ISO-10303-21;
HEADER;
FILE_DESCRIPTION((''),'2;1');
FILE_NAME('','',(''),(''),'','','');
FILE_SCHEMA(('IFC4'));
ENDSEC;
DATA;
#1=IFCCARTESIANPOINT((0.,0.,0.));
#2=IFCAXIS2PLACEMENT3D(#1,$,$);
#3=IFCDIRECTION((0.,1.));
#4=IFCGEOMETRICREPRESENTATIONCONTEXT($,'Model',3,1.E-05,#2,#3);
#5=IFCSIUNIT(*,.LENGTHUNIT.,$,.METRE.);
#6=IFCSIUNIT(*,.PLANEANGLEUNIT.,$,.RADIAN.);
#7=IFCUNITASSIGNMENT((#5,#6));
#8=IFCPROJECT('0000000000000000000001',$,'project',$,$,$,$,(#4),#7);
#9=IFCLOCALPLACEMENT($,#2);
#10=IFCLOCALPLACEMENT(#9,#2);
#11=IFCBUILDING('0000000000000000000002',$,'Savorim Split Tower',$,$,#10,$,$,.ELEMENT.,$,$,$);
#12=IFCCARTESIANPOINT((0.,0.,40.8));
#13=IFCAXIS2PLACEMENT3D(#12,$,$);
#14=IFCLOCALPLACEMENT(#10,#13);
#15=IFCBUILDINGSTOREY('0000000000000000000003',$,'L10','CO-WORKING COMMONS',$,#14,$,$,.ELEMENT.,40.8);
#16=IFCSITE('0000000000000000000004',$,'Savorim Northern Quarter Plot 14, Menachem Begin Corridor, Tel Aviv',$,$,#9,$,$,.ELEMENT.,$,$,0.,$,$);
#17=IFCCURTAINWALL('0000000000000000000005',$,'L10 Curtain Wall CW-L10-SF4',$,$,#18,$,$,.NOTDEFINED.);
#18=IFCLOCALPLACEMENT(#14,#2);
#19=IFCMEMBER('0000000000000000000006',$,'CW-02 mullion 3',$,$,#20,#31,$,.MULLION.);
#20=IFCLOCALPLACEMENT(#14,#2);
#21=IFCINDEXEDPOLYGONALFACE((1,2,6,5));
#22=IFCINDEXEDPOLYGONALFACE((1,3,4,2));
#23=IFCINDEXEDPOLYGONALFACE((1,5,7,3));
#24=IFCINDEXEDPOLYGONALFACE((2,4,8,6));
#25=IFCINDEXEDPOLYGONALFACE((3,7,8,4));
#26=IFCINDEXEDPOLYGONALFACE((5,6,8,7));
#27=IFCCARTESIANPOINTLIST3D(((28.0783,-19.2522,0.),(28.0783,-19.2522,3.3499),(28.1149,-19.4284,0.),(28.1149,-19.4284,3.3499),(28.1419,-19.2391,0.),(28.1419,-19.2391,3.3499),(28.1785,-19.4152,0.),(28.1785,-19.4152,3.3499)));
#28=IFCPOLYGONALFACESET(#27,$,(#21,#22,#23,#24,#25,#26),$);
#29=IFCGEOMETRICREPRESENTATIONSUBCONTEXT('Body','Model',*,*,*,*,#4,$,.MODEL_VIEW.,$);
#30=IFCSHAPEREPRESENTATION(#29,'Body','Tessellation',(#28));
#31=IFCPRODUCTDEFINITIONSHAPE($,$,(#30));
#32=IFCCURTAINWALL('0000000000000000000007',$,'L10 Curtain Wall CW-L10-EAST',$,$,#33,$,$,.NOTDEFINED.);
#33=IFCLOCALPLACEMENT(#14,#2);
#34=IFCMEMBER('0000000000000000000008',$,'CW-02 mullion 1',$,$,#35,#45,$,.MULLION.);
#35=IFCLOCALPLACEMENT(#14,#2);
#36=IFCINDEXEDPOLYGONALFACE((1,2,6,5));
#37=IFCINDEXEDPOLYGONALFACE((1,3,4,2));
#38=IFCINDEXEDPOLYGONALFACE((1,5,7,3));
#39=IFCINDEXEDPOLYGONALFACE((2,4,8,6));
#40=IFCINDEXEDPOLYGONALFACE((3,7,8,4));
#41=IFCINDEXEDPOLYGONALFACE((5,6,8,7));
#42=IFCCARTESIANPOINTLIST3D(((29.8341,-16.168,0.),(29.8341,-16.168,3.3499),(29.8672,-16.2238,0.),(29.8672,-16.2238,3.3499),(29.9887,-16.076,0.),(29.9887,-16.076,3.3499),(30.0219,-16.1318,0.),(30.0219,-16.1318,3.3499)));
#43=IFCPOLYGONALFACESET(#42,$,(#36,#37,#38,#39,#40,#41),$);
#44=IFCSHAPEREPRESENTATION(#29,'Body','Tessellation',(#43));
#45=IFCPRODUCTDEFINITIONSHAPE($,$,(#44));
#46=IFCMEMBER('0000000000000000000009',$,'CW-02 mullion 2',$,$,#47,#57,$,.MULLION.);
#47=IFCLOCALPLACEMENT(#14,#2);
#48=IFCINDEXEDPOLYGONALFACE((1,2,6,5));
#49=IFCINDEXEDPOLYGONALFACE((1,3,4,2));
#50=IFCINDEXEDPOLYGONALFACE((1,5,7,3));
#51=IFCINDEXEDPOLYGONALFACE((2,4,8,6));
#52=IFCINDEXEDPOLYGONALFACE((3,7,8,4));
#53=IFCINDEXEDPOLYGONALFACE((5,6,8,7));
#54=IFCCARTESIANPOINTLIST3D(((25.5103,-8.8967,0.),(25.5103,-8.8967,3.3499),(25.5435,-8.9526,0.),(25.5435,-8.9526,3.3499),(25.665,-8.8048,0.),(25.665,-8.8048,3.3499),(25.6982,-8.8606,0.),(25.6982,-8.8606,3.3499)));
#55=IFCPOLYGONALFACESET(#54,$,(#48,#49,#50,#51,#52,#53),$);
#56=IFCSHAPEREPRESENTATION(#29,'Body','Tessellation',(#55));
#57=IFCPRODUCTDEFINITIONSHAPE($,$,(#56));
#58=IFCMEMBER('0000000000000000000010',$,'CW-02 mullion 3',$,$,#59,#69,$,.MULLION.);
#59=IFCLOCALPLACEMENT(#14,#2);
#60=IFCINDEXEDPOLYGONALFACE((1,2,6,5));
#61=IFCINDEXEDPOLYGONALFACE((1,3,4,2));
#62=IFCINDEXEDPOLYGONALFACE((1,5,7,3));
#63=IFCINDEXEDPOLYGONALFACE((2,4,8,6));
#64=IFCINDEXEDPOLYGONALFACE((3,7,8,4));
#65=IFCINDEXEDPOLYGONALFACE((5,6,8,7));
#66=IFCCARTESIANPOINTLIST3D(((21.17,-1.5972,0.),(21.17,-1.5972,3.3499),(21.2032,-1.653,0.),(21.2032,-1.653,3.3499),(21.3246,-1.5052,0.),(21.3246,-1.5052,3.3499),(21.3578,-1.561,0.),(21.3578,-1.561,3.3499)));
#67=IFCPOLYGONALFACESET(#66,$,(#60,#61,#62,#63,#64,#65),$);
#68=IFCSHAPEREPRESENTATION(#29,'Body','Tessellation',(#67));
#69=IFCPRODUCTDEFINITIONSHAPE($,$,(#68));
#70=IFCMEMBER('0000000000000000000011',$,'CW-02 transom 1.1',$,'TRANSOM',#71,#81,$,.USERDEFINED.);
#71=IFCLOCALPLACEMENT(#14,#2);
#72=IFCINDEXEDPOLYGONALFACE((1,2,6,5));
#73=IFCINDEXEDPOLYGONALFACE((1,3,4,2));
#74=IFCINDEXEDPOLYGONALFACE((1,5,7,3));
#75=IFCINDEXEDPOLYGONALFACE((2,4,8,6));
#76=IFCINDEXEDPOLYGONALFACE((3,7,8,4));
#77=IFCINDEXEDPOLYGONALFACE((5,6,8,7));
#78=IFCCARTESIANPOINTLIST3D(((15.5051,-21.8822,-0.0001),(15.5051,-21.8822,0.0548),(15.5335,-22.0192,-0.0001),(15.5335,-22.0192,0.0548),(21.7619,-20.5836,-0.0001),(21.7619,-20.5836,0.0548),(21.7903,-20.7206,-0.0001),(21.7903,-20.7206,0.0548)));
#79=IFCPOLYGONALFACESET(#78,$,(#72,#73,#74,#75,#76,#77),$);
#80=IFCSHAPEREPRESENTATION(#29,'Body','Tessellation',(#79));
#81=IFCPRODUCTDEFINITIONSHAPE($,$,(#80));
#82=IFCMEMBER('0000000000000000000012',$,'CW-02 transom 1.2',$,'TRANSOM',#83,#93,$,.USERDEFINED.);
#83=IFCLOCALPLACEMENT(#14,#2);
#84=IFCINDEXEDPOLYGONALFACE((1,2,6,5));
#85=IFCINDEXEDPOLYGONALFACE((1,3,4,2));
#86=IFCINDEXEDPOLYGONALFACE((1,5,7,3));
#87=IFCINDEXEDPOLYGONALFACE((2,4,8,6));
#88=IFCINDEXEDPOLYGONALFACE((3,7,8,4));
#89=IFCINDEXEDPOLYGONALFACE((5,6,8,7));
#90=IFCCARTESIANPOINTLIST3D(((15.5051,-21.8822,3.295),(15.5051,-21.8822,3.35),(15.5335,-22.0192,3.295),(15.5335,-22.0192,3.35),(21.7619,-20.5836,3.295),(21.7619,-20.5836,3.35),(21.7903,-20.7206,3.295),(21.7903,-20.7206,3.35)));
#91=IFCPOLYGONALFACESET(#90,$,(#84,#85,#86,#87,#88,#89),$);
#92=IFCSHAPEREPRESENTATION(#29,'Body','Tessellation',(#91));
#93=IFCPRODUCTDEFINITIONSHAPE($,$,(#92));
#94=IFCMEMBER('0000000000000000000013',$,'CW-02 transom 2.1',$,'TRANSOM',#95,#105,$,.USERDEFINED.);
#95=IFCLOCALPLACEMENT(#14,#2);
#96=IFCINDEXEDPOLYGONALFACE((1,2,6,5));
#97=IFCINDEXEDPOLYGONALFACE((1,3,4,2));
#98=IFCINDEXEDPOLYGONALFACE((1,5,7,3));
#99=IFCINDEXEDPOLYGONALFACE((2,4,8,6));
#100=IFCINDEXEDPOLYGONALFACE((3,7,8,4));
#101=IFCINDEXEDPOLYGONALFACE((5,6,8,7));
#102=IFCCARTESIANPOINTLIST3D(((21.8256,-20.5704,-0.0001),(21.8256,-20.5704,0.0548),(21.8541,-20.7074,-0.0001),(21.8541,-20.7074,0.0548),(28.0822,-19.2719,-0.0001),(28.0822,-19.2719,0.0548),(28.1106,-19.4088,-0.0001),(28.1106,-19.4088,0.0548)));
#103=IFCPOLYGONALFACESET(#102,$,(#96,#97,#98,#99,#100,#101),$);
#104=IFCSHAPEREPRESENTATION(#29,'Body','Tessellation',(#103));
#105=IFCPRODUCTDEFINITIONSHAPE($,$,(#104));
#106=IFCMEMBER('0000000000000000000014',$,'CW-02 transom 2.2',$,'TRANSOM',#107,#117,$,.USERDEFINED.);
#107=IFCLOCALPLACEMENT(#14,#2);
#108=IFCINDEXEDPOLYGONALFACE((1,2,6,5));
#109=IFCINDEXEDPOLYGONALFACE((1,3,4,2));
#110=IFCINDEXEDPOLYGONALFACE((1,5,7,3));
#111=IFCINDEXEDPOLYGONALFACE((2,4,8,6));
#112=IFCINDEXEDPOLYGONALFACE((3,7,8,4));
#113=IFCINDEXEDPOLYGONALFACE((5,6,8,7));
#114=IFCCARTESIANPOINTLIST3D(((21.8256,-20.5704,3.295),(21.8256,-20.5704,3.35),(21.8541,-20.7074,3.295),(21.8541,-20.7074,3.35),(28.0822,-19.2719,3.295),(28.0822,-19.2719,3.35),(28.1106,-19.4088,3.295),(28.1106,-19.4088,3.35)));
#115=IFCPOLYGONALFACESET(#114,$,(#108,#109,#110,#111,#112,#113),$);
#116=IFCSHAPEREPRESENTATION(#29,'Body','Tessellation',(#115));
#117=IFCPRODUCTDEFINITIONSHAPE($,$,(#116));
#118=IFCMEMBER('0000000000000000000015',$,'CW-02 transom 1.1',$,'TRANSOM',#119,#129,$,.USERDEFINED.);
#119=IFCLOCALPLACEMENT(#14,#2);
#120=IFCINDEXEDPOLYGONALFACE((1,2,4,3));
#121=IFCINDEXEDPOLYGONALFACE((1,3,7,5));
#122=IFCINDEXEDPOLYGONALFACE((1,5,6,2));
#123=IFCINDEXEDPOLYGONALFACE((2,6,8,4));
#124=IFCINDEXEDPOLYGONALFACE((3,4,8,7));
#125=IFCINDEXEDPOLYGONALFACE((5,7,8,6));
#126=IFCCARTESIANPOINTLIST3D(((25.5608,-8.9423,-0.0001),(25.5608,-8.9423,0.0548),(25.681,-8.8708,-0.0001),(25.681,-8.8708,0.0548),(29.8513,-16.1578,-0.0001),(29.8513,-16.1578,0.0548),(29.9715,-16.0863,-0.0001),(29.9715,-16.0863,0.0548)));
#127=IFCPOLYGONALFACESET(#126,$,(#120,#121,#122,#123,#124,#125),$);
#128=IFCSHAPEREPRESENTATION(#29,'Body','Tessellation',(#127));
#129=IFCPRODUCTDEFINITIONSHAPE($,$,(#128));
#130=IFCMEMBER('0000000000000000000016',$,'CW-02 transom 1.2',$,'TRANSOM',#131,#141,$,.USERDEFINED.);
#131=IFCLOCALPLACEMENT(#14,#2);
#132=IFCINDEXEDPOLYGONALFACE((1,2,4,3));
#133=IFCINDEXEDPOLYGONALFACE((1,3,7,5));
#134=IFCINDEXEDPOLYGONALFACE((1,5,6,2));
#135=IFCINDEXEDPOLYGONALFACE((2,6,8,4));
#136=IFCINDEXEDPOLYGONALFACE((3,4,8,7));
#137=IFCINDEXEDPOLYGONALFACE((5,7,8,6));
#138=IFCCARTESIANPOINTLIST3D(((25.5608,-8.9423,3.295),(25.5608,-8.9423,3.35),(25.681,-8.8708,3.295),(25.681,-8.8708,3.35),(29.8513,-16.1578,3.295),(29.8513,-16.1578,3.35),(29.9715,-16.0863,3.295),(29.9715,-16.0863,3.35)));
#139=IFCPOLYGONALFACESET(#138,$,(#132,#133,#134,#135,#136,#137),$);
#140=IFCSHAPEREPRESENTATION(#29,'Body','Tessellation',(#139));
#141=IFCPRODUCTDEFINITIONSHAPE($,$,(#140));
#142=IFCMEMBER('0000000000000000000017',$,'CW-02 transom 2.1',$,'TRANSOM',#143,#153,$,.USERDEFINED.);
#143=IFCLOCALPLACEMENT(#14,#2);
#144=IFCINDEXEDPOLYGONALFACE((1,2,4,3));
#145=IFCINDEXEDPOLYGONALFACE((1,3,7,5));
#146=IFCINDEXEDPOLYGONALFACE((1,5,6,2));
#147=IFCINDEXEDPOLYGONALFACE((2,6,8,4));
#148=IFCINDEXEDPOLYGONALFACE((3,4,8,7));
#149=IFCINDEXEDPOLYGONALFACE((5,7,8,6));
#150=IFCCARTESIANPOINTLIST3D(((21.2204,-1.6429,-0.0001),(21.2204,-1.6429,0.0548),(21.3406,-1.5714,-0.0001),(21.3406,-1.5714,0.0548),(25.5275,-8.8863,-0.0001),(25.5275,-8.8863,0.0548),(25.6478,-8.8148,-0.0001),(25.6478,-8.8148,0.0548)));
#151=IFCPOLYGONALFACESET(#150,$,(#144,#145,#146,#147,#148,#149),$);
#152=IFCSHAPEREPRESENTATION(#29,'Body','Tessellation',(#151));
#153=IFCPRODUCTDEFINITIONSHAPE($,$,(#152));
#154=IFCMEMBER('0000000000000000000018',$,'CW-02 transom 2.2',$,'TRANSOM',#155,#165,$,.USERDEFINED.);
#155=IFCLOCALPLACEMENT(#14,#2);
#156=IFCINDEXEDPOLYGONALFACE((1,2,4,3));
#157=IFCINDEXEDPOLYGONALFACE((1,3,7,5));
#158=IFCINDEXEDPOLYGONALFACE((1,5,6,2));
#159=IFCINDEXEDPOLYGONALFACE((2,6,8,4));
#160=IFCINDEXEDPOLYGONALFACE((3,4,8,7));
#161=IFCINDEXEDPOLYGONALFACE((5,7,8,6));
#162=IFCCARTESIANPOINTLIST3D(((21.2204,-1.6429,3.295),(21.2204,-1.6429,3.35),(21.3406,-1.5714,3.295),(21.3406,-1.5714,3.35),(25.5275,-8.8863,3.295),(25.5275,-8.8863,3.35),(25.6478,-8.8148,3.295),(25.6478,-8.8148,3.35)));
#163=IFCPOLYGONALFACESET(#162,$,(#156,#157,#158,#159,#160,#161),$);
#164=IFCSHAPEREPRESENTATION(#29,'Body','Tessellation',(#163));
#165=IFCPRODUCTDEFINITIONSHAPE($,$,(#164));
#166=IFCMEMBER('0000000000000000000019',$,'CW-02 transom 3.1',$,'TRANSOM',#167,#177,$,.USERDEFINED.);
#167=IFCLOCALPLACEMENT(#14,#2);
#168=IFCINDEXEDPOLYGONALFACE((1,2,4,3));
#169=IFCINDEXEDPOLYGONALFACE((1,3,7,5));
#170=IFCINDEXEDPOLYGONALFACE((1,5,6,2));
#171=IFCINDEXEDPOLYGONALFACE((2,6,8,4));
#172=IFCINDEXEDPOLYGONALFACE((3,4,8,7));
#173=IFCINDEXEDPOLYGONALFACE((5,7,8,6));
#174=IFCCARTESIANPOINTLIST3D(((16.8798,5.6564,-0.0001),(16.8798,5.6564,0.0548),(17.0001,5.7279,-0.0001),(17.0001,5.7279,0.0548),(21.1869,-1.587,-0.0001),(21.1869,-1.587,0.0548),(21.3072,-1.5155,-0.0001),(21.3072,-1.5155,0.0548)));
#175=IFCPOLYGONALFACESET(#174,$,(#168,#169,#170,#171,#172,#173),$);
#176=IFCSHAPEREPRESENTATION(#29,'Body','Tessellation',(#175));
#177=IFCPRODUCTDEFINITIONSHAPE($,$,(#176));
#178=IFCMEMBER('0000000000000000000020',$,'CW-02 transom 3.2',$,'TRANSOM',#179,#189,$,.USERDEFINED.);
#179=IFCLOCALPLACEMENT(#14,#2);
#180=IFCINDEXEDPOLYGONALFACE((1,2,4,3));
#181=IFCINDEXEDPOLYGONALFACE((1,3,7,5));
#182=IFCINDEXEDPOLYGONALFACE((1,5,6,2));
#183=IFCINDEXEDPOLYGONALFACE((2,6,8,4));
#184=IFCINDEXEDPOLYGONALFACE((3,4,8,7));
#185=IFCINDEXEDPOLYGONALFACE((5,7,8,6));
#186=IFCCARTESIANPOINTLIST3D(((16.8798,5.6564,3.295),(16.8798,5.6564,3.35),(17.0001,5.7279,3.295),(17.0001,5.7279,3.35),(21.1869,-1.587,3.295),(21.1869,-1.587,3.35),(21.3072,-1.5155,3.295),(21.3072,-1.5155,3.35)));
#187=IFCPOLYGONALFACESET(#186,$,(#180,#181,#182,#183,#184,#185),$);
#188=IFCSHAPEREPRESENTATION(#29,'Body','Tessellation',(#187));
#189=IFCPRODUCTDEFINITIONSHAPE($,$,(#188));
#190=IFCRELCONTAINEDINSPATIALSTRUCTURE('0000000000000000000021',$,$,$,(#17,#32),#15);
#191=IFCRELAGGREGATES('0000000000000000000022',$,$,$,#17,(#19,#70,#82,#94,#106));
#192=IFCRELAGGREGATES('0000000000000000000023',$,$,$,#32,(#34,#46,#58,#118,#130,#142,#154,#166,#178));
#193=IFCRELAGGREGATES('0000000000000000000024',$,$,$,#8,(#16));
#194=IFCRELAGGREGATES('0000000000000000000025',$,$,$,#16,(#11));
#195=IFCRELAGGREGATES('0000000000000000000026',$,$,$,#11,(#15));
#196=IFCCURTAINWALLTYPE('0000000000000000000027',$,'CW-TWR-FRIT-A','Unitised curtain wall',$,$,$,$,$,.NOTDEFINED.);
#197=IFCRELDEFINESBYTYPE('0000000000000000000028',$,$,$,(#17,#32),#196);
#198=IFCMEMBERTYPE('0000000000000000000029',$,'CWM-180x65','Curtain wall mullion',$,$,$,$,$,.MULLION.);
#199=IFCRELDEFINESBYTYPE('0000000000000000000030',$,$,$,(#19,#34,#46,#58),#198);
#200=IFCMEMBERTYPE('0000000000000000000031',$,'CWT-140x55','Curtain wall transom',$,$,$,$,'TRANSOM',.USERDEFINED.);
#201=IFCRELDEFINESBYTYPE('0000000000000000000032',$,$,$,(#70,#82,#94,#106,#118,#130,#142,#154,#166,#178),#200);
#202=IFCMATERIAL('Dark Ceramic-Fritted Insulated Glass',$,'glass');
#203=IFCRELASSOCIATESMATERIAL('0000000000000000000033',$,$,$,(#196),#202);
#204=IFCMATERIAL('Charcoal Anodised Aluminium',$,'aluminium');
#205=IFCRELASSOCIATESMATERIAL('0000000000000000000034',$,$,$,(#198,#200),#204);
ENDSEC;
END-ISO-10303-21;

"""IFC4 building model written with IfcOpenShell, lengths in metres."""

from ifc_helpers import new_model, si_unit, direction, frame, origin, origin_2d, place, context, subcontext, project, spatial, rectangle, extrude, material, material_profile, profile_set, type_object, element, aggregate, save


model = new_model("IFC4")

# Units and contexts
model_context = context("Model", 3, precision=1e-05, world=origin(), true_north=direction((0.0, 1.0)))
body_context = subcontext(model_context, "Body", "Model", "MODEL_VIEW")
ifc_project = project(units=[si_unit("LENGTHUNIT", "METRE"), si_unit("PLANEANGLEUNIT", "RADIAN")], contexts=[model_context])

# Site, building, storey
site_placement = place(None, origin())
site = spatial("IfcSite", under=ifc_project, at=site_placement, Name="Savorim Northern Quarter Plot 14, Menachem Begin Corridor, Tel Aviv", CompositionType="ELEMENT", RefElevation=0.0)
building_placement = place(site_placement, origin())
building = spatial("IfcBuilding", under=site, at=building_placement, Name="Savorim Split Tower", CompositionType="ELEMENT")
storey_placement = place(building_placement, frame((0.0, 0.0, 40.8)))
storey = spatial("IfcBuildingStorey", under=building, at=storey_placement, Name="L10", Description="CO-WORKING COMMONS", CompositionType="ELEMENT", Elevation=40.8)

# Shared definitions
ifc_material_1 = material(Name="Dark Ceramic-Fritted Insulated Glass", Category="glass")
curtain_wall_type = type_object("IfcCurtainWallType", Name="CW-TWR-FRIT-A", Description="Unitised curtain wall", PredefinedType="NOTDEFINED", material=ifc_material_1)
ifc_material_2 = material(Name="Charcoal Anodised Aluminium", Category="aluminium")
ifc_material_profile_1 = material_profile(ifc_material_2, rectangle(XDim=0.1799, YDim=0.0649, at=origin_2d()), Name="ALU-M 180x65")
ifc_profile_set_1 = profile_set([ifc_material_profile_1], Name="Charcoal Anodised Aluminium")
member_type_1 = type_object("IfcMemberType", Name="CWM-180x65", Description="Curtain wall mullion", PredefinedType="MULLION", material=ifc_profile_set_1)

# Curtain walls, members
curtain_wall_1_placement = place(storey_placement, origin())
curtain_wall_1 = element("IfcCurtainWall", 1, at=curtain_wall_1_placement, inside=storey, type_object=curtain_wall_type, Name="L10 Curtain Wall CW-L10-SF4", PredefinedType="NOTDEFINED")
member_1_placement = place(storey_placement, frame((28.1284, -19.3337, 0.0), z_axis=(0.0, 0.0, 1.0), x_axis=(-0.20321, 0.979135, 0.0)))
member_1 = element("IfcMember", 2, at=member_1_placement, type_object=member_type_1, Name="CW-02 mullion 3", PredefinedType="MULLION", context=body_context, shape_type="SweptSolid", body=[
    extrude(rectangle(XDim=0.1799, YDim=0.0649, at=origin_2d()), origin(), (0.0, 0.0, 1.0), 3.3499),
])
curtain_wall_2_placement = place(storey_placement, origin())
curtain_wall_2 = element("IfcCurtainWall", 3, at=curtain_wall_2_placement, inside=storey, type_object=curtain_wall_type, Name="L10 Curtain Wall CW-L10-EAST", PredefinedType="NOTDEFINED")
member_2_placement = place(storey_placement, frame((29.928, -16.1499, 0.0), z_axis=(0.0, 0.0, 1.0), x_axis=(-0.859526, -0.511092, 0.0)))
member_2 = element("IfcMember", 4, at=member_2_placement, type_object=member_type_1, Name="CW-02 mullion 1", PredefinedType="MULLION", context=body_context, shape_type="SweptSolid", body=[
    extrude(rectangle(XDim=0.1799, YDim=0.0649, at=origin_2d()), origin(), (0.0, 0.0, 1.0), 3.3499),
])
member_3_placement = place(storey_placement, frame((25.6042, -8.8787, 0.0), z_axis=(0.0, 0.0, 1.0), x_axis=(-0.859526, -0.511092, 0.0)))
member_3 = element("IfcMember", 5, at=member_3_placement, type_object=member_type_1, Name="CW-02 mullion 2", PredefinedType="MULLION", context=body_context, shape_type="SweptSolid", body=[
    extrude(rectangle(XDim=0.1799, YDim=0.0649, at=origin_2d()), origin(), (0.0, 0.0, 1.0), 3.3499),
])
member_4_placement = place(storey_placement, frame((21.2639, -1.5791, 0.0), z_axis=(0.0, 0.0, 1.0), x_axis=(-0.859526, -0.511092, 0.0)))
member_4 = element("IfcMember", 6, at=member_4_placement, type_object=member_type_1, Name="CW-02 mullion 3", PredefinedType="MULLION", context=body_context, shape_type="SweptSolid", body=[
    extrude(rectangle(XDim=0.1799, YDim=0.0649, at=origin_2d()), origin(), (0.0, 0.0, 1.0), 3.3499),
])

# Members
ifc_material_profile_2 = material_profile(ifc_material_2, rectangle(XDim=0.1399, YDim=0.0549, at=origin_2d()), Name="ALU-T 140x55")
ifc_profile_set_2 = profile_set([ifc_material_profile_2], Name="Charcoal Anodised Aluminium")
member_type_2 = type_object("IfcMemberType", Name="CWT-140x55", Description="Curtain wall transom", ElementType="TRANSOM", PredefinedType="USERDEFINED", material=ifc_profile_set_2)
member_5_placement = place(storey_placement, frame((15.5193, -21.9507, 0.0273), z_axis=(0.979134, 0.203216, 0.0), x_axis=(-0.203216, 0.979134, 0.0)))
member_5 = element("IfcMember", 7, at=member_5_placement, type_object=member_type_2, Name="CW-02 transom 1.1", ObjectType="TRANSOM", PredefinedType="USERDEFINED", context=body_context, shape_type="SweptSolid", body=[
    extrude(rectangle(XDim=0.1399, YDim=0.0549, at=origin_2d()), origin(), (0.0, 0.0, 1.0), 6.3901),
])
member_6_placement = place(storey_placement, frame((15.5193, -21.9507, 3.3225), z_axis=(0.979134, 0.203216, 0.0), x_axis=(-0.203216, 0.979134, 0.0)))
member_6 = element("IfcMember", 8, at=member_6_placement, type_object=member_type_2, Name="CW-02 transom 1.2", ObjectType="TRANSOM", PredefinedType="USERDEFINED", context=body_context, shape_type="SweptSolid", body=[
    extrude(rectangle(XDim=0.1399, YDim=0.0549, at=origin_2d()), origin(), (0.0, 0.0, 1.0), 6.3901),
])
member_7_placement = place(storey_placement, frame((21.8398, -20.6389, 0.0273), z_axis=(0.979132, 0.203223, 0.0), x_axis=(-0.203223, 0.979132, 0.0)))
member_7 = element("IfcMember", 9, at=member_7_placement, type_object=member_type_2, Name="CW-02 transom 2.1", ObjectType="TRANSOM", PredefinedType="USERDEFINED", context=body_context, shape_type="SweptSolid", body=[
    extrude(rectangle(XDim=0.1399, YDim=0.0549, at=origin_2d()), origin(), (0.0, 0.0, 1.0), 6.3899),
])
member_8_placement = place(storey_placement, frame((21.8398, -20.6389, 3.3225), z_axis=(0.979132, 0.203223, 0.0), x_axis=(-0.203223, 0.979132, 0.0)))
member_8 = element("IfcMember", 10, at=member_8_placement, type_object=member_type_2, Name="CW-02 transom 2.2", ObjectType="TRANSOM", PredefinedType="USERDEFINED", context=body_context, shape_type="SweptSolid", body=[
    extrude(rectangle(XDim=0.1399, YDim=0.0549, at=origin_2d()), origin(), (0.0, 0.0, 1.0), 6.3899),
])
member_9_placement = place(storey_placement, frame((29.9114, -16.1221, 0.0273), z_axis=(-0.511092, 0.859526, 0.0), x_axis=(-0.859526, -0.511092, 0.0)))
member_9 = element("IfcMember", 11, at=member_9_placement, type_object=member_type_2, Name="CW-02 transom 1.1", ObjectType="TRANSOM", PredefinedType="USERDEFINED", context=body_context, shape_type="SweptSolid", body=[
    extrude(rectangle(XDim=0.1399, YDim=0.0549, at=origin_2d()), origin(), (0.0, 0.0, 1.0), 8.3948),
])
member_10_placement = place(storey_placement, frame((29.9114, -16.1221, 3.3225), z_axis=(-0.511092, 0.859526, 0.0), x_axis=(-0.859526, -0.511092, 0.0)))
member_10 = element("IfcMember", 12, at=member_10_placement, type_object=member_type_2, Name="CW-02 transom 1.2", ObjectType="TRANSOM", PredefinedType="USERDEFINED", context=body_context, shape_type="SweptSolid", body=[
    extrude(rectangle(XDim=0.1399, YDim=0.0549, at=origin_2d()), origin(), (0.0, 0.0, 1.0), 8.3948),
])
member_11_placement = place(storey_placement, frame((25.5876, -8.8506, 0.0273), z_axis=(-0.511096, 0.859524, 0.0), x_axis=(-0.859524, -0.511096, 0.0)))
member_11 = element("IfcMember", 13, at=member_11_placement, type_object=member_type_2, Name="CW-02 transom 2.1", ObjectType="TRANSOM", PredefinedType="USERDEFINED", context=body_context, shape_type="SweptSolid", body=[
    extrude(rectangle(XDim=0.1399, YDim=0.0549, at=origin_2d()), origin(), (0.0, 0.0, 1.0), 8.4272),
])
member_12_placement = place(storey_placement, frame((25.5876, -8.8506, 3.3225), z_axis=(-0.511096, 0.859524, 0.0), x_axis=(-0.859524, -0.511096, 0.0)))
member_12 = element("IfcMember", 14, at=member_12_placement, type_object=member_type_2, Name="CW-02 transom 2.2", ObjectType="TRANSOM", PredefinedType="USERDEFINED", context=body_context, shape_type="SweptSolid", body=[
    extrude(rectangle(XDim=0.1399, YDim=0.0549, at=origin_2d()), origin(), (0.0, 0.0, 1.0), 8.4272),
])
member_13_placement = place(storey_placement, frame((21.2471, -1.5513, 0.0273), z_axis=(-0.511096, 0.859524, 0.0), x_axis=(-0.859524, -0.511096, 0.0)))
member_13 = element("IfcMember", 15, at=member_13_placement, type_object=member_type_2, Name="CW-02 transom 3.1", ObjectType="TRANSOM", PredefinedType="USERDEFINED", context=body_context, shape_type="SweptSolid", body=[
    extrude(rectangle(XDim=0.1399, YDim=0.0549, at=origin_2d()), origin(), (0.0, 0.0, 1.0), 8.4272),
])
member_14_placement = place(storey_placement, frame((21.2471, -1.5513, 3.3225), z_axis=(-0.511096, 0.859524, 0.0), x_axis=(-0.859524, -0.511096, 0.0)))
member_14 = element("IfcMember", 16, at=member_14_placement, type_object=member_type_2, Name="CW-02 transom 3.2", ObjectType="TRANSOM", PredefinedType="USERDEFINED", context=body_context, shape_type="SweptSolid", body=[
    extrude(rectangle(XDim=0.1399, YDim=0.0549, at=origin_2d()), origin(), (0.0, 0.0, 1.0), 8.4272),
])

aggregate(curtain_wall_1, [member_1, member_5, member_6, member_7, member_8])
aggregate(curtain_wall_2, [member_2, member_3, member_4, member_9, member_10, member_11, member_12, member_13, member_14])

save(model, "model.ifc")
